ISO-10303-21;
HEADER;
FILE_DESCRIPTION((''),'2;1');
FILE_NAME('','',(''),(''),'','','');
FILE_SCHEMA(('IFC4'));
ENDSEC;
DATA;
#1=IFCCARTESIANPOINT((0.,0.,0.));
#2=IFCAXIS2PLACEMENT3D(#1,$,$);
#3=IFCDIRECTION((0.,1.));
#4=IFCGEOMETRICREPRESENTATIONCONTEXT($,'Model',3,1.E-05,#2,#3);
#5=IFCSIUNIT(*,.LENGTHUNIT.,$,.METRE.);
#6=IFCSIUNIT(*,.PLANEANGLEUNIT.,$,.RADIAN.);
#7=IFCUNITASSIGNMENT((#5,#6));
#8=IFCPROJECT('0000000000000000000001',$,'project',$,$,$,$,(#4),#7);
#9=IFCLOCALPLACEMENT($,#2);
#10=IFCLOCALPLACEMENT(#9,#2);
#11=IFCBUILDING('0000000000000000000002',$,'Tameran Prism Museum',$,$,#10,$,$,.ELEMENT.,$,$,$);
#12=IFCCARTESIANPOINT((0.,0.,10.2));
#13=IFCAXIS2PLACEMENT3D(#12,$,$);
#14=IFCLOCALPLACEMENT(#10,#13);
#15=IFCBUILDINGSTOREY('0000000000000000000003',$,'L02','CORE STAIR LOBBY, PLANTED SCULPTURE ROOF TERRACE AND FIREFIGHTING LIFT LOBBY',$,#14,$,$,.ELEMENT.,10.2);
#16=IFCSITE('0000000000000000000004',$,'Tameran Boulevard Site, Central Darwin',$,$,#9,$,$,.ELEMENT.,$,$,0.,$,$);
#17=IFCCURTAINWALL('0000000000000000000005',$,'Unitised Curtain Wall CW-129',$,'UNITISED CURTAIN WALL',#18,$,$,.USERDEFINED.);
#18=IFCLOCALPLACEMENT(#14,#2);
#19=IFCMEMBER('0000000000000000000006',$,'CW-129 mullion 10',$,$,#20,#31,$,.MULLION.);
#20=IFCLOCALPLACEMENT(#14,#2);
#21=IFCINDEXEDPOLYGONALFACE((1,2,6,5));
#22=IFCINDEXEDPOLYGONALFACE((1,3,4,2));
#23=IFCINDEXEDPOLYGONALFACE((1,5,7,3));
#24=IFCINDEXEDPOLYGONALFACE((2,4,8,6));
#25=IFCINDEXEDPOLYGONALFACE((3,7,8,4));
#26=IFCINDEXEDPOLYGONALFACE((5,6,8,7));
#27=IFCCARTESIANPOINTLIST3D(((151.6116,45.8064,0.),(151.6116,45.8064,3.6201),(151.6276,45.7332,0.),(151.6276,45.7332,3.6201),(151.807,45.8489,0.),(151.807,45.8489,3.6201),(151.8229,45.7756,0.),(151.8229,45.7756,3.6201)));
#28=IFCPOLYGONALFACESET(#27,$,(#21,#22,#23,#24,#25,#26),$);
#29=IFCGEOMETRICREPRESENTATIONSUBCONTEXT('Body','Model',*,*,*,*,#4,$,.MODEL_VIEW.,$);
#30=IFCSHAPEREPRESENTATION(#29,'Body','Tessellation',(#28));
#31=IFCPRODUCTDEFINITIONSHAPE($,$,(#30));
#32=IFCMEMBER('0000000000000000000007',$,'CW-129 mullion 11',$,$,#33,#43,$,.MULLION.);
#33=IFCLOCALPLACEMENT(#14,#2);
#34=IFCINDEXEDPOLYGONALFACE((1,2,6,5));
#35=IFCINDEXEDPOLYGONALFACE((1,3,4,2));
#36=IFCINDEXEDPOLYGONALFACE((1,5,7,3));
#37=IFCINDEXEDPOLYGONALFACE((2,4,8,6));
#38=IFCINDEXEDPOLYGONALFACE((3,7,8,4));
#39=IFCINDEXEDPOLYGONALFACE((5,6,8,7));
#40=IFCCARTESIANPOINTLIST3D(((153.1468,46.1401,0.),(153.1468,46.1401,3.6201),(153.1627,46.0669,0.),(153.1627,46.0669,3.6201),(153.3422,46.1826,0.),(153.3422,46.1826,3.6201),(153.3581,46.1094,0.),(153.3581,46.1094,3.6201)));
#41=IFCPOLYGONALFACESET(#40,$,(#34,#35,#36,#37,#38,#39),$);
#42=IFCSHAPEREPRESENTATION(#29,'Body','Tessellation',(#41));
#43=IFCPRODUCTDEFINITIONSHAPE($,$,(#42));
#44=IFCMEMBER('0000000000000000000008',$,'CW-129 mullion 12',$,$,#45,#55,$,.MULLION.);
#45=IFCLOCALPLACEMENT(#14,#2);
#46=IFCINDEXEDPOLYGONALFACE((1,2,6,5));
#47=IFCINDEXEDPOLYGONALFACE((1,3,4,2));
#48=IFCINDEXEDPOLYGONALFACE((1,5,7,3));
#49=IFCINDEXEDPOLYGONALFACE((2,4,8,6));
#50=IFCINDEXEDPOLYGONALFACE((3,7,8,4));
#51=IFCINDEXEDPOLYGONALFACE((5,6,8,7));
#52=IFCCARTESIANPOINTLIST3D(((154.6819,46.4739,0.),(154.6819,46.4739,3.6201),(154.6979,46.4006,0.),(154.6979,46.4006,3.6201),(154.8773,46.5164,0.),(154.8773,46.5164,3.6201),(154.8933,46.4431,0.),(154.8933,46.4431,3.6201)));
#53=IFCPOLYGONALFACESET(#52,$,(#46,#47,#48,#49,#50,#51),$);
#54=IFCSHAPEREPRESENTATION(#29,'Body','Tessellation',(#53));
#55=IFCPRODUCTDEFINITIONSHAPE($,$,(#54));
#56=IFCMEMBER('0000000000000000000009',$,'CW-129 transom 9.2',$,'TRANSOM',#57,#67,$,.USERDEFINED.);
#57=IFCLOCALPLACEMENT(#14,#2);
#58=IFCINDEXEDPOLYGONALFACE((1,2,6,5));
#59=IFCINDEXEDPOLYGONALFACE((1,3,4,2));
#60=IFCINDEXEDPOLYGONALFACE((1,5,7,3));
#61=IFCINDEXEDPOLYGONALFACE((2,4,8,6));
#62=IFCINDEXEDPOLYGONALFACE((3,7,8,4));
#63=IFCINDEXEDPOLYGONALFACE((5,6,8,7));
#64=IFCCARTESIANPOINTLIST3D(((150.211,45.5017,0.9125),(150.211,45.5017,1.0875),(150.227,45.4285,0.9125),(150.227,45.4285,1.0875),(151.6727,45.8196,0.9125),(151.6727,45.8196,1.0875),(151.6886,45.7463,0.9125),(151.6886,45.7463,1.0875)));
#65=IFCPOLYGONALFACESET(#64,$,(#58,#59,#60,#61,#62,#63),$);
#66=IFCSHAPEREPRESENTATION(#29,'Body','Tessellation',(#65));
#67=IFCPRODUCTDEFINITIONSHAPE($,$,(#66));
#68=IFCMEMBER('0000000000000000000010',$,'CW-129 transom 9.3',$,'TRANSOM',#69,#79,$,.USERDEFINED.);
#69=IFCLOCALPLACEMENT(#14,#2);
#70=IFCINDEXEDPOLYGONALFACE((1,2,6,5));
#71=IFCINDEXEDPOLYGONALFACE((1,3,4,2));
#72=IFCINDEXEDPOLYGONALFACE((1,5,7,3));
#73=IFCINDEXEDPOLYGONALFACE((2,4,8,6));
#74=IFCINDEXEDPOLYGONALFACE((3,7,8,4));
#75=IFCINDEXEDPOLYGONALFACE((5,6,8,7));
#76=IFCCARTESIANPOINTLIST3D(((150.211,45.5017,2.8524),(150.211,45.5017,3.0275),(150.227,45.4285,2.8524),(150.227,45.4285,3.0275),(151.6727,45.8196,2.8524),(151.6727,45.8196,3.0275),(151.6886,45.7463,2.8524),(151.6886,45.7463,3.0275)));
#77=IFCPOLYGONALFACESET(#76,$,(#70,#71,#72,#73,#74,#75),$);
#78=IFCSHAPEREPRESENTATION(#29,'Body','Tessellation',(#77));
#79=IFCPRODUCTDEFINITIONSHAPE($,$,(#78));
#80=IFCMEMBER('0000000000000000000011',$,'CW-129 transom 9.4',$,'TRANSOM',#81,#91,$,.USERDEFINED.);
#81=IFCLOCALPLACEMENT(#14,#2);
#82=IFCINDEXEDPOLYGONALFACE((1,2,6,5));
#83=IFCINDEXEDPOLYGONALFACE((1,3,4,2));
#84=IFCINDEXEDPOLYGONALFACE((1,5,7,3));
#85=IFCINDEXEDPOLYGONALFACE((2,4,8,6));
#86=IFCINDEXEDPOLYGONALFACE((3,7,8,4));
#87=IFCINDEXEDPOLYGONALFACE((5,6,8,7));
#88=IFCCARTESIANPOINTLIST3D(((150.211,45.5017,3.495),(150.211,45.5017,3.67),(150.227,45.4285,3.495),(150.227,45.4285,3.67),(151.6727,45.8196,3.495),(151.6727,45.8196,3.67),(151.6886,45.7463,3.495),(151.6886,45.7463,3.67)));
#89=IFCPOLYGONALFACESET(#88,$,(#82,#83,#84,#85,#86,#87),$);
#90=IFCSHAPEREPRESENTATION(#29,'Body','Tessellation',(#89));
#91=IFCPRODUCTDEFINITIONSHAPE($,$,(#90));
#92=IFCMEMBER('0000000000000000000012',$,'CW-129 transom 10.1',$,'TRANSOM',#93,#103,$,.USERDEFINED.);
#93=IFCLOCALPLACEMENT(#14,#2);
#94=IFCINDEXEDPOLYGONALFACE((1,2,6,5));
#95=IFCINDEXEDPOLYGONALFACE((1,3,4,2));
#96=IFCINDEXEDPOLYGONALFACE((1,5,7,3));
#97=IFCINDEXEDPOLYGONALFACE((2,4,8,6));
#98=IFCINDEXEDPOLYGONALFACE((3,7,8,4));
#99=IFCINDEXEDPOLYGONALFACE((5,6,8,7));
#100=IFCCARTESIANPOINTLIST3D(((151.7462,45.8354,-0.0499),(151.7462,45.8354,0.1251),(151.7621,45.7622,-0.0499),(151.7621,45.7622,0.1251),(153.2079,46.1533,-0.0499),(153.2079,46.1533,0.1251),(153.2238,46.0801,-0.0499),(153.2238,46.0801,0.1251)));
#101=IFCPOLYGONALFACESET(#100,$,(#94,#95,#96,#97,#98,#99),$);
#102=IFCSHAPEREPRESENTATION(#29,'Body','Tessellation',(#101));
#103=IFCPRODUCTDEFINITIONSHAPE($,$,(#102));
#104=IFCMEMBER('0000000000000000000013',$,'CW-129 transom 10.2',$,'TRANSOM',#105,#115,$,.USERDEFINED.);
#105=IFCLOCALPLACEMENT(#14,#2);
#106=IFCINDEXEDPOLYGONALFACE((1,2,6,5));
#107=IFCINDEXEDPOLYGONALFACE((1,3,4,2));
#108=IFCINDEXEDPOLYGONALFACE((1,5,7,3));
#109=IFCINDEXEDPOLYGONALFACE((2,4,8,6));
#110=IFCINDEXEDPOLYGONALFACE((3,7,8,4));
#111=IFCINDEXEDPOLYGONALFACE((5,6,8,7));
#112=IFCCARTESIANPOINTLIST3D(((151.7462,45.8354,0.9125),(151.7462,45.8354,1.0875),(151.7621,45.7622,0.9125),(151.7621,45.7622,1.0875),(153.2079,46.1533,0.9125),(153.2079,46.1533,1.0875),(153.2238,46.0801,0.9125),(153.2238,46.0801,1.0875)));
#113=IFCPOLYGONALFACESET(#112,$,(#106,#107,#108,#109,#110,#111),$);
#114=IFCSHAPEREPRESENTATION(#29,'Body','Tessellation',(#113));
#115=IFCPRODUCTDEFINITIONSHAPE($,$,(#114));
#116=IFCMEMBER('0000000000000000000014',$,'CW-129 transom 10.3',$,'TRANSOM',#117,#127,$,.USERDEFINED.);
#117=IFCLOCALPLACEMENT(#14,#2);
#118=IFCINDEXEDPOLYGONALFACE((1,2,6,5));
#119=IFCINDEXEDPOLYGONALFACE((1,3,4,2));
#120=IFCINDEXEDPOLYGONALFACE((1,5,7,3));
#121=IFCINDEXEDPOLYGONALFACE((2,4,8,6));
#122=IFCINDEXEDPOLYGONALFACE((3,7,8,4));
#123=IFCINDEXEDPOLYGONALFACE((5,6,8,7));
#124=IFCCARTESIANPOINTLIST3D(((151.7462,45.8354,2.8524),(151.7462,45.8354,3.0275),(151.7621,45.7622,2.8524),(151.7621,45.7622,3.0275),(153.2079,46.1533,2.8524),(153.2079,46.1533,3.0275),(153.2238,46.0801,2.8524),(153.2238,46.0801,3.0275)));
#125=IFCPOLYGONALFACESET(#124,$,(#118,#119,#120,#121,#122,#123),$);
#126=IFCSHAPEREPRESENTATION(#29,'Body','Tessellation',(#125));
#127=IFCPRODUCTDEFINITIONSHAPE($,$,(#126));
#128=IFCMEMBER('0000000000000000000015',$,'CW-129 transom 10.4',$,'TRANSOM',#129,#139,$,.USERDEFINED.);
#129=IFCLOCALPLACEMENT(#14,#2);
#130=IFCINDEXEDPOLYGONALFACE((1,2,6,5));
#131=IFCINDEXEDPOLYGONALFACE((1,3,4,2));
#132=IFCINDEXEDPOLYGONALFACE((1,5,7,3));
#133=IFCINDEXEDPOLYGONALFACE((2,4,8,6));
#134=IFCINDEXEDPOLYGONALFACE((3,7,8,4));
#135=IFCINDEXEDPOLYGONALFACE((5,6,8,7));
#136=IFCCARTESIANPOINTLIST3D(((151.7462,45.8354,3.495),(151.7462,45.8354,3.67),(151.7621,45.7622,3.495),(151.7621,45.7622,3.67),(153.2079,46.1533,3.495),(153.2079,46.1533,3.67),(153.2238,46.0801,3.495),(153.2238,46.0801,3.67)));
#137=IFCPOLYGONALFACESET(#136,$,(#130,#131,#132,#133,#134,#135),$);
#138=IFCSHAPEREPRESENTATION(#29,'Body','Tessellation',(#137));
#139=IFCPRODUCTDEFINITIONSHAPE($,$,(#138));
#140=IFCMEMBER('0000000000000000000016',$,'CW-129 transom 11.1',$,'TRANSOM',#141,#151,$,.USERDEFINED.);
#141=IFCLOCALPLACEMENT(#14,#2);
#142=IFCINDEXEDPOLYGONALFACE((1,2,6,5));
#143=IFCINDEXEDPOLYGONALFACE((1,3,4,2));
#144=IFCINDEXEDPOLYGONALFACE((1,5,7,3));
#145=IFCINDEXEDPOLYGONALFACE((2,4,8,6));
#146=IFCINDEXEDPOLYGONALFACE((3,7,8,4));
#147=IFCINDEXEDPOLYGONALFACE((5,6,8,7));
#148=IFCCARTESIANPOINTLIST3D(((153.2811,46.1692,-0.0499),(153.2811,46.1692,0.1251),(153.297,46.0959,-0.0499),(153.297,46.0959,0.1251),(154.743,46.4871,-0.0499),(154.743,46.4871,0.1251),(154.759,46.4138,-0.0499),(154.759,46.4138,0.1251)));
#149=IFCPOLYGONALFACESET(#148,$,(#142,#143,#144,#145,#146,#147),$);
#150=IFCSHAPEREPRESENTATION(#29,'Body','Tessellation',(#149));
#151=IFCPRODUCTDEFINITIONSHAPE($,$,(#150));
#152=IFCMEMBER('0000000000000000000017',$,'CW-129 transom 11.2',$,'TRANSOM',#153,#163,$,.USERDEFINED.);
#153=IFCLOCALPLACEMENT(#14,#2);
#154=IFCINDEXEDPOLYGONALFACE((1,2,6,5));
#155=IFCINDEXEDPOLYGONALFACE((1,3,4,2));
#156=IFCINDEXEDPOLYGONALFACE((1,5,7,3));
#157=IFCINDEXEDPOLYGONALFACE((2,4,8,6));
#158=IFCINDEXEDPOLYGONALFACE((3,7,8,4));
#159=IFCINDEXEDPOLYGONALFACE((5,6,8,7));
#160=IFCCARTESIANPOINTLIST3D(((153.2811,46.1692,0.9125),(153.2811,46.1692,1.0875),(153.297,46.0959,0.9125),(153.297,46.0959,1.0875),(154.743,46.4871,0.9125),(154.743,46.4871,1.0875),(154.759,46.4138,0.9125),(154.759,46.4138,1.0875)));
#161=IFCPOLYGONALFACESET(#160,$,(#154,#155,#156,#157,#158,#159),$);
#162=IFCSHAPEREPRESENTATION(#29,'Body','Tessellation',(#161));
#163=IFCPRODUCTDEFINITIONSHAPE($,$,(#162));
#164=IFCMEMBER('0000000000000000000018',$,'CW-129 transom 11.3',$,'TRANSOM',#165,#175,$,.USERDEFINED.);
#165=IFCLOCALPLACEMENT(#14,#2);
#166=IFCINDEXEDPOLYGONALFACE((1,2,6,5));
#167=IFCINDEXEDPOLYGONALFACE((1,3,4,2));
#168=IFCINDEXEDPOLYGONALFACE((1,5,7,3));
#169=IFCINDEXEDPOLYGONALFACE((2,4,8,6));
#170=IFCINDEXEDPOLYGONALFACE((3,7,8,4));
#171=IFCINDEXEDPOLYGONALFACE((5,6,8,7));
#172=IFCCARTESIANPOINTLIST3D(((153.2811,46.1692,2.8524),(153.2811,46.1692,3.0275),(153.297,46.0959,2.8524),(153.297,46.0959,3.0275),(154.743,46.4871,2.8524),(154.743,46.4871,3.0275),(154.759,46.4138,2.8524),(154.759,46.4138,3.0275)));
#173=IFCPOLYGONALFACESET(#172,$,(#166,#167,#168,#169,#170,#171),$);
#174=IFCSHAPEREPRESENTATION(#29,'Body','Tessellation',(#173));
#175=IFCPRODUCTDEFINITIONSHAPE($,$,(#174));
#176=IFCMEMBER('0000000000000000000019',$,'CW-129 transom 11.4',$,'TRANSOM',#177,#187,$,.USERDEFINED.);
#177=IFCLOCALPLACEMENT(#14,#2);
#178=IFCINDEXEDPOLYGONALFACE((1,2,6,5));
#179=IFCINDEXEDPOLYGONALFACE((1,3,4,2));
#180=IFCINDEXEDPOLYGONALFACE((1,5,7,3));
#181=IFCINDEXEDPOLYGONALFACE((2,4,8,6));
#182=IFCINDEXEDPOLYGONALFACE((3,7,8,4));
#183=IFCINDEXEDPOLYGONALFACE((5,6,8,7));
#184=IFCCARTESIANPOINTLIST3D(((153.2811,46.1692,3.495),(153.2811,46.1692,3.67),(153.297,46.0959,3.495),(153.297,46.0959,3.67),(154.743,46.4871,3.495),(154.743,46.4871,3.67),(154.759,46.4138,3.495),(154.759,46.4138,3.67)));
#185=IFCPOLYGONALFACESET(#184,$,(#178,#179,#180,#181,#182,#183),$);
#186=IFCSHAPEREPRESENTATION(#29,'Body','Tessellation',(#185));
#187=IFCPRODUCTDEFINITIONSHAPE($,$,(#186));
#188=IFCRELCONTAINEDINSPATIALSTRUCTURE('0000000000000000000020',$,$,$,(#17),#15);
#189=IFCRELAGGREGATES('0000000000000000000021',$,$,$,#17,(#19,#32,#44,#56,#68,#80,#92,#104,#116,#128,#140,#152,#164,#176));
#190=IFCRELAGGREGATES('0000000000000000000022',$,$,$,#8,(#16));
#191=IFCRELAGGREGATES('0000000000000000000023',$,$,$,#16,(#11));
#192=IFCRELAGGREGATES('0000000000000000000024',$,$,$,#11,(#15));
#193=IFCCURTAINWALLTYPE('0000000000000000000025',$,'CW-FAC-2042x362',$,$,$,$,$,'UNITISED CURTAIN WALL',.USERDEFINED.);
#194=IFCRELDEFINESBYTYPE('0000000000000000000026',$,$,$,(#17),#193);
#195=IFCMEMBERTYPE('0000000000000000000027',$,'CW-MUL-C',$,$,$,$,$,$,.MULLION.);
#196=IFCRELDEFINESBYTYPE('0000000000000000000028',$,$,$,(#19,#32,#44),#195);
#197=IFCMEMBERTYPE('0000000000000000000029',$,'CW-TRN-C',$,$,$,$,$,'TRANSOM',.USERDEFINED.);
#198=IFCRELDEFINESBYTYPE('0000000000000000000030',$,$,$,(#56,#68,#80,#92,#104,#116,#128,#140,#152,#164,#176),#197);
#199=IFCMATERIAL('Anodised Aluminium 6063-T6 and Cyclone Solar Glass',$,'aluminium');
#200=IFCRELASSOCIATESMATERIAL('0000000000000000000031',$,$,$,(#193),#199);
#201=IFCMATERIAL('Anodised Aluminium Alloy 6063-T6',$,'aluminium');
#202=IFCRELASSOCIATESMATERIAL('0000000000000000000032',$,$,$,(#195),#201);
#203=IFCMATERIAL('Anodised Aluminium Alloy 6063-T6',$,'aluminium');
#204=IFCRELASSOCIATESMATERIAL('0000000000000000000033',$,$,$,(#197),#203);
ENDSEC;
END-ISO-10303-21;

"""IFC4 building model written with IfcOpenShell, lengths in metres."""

from ifc_helpers import new_model, si_unit, direction, frame, origin, origin_2d, place, context, subcontext, project, spatial, rectangle, extrude, material, material_profile, profile_set, type_object, element, aggregate, save


model = new_model("IFC4")

# Units and contexts
model_context = context("Model", 3, precision=1e-05, world=origin(), true_north=direction((0.0, 1.0)))
body_context = subcontext(model_context, "Body", "Model", "MODEL_VIEW")
ifc_project = project(units=[si_unit("LENGTHUNIT", "METRE"), si_unit("PLANEANGLEUNIT", "RADIAN")], contexts=[model_context])

# Site, building, storey
site_placement = place(None, origin())
site = spatial("IfcSite", under=ifc_project, at=site_placement, Name="Tameran Boulevard Site, Central Darwin", CompositionType="ELEMENT", RefElevation=0.0)
building_placement = place(site_placement, origin())
building = spatial("IfcBuilding", under=site, at=building_placement, Name="Tameran Prism Museum", CompositionType="ELEMENT")
storey_placement = place(building_placement, frame((0.0, 0.0, 10.2)))
storey = spatial("IfcBuildingStorey", under=building, at=storey_placement, Name="L02", Description="CORE STAIR LOBBY, PLANTED SCULPTURE ROOF TERRACE AND FIREFIGHTING LIFT LOBBY", CompositionType="ELEMENT", Elevation=10.2)

# Curtain wall, members
ifc_material_1 = material(Name="Anodised Aluminium 6063-T6 and Cyclone Solar Glass", Category="aluminium")
curtain_wall_type = type_object("IfcCurtainWallType", Name="CW-FAC-2042x362", ElementType="UNITISED CURTAIN WALL", PredefinedType="USERDEFINED", material=ifc_material_1)
curtain_wall_placement = place(storey_placement, origin())
curtain_wall = element("IfcCurtainWall", 1, at=curtain_wall_placement, inside=storey, type_object=curtain_wall_type, Name="Unitised Curtain Wall CW-129", ObjectType="UNITISED CURTAIN WALL", PredefinedType="USERDEFINED")
ifc_material_2 = material(Name="Anodised Aluminium Alloy 6063-T6", Category="aluminium")
ifc_material_profile_1 = material_profile(ifc_material_2, rectangle(XDim=0.075, YDim=0.2, at=origin_2d()))
ifc_profile_set_1 = profile_set([ifc_material_profile_1])
member_type_1 = type_object("IfcMemberType", Name="CW-MUL-C", PredefinedType="MULLION", material=ifc_profile_set_1)
member_1_placement = place(storey_placement, frame((151.7173, 45.791, 0.0), z_axis=(0.0, 0.0, 1.0), x_axis=(-0.212454, 0.977171, 0.0)))
member_1 = element("IfcMember", 2, at=member_1_placement, type_object=member_type_1, Name="CW-129 mullion 10", PredefinedType="MULLION", context=body_context, shape_type="SweptSolid", body=[
    extrude(rectangle(XDim=0.075, YDim=0.2, at=origin_2d()), origin(), (0.0, 0.0, 1.0), 3.6201),
])
member_2_placement = place(storey_placement, frame((153.2524, 46.1248, 0.0), z_axis=(0.0, 0.0, 1.0), x_axis=(-0.212454, 0.977171, 0.0)))
member_2 = element("IfcMember", 3, at=member_2_placement, type_object=member_type_1, Name="CW-129 mullion 11", PredefinedType="MULLION", context=body_context, shape_type="SweptSolid", body=[
    extrude(rectangle(XDim=0.075, YDim=0.2, at=origin_2d()), origin(), (0.0, 0.0, 1.0), 3.6201),
])
member_3_placement = place(storey_placement, frame((154.7876, 46.4585, 0.0), z_axis=(0.0, 0.0, 1.0), x_axis=(-0.212454, 0.977171, 0.0)))
member_3 = element("IfcMember", 4, at=member_3_placement, type_object=member_type_1, Name="CW-129 mullion 12", PredefinedType="MULLION", context=body_context, shape_type="SweptSolid", body=[
    extrude(rectangle(XDim=0.075, YDim=0.2, at=origin_2d()), origin(), (0.0, 0.0, 1.0), 3.6201),
])
ifc_material_3 = material(Name="Anodised Aluminium Alloy 6063-T6", Category="aluminium")
ifc_material_profile_2 = material_profile(ifc_material_3, rectangle(XDim=0.075, YDim=0.175, at=origin_2d()))
ifc_profile_set_2 = profile_set([ifc_material_profile_2])
member_type_2 = type_object("IfcMemberType", Name="CW-TRN-C", ElementType="TRANSOM", PredefinedType="USERDEFINED", material=ifc_profile_set_2)
member_4_placement = place(storey_placement, frame((150.219, 45.4651, 1.0), z_axis=(0.97716, 0.212504, 0.0), x_axis=(-0.212504, 0.97716, 0.0)))
member_4 = element("IfcMember", 5, at=member_4_placement, type_object=member_type_2, Name="CW-129 transom 9.2", ObjectType="TRANSOM", PredefinedType="USERDEFINED", context=body_context, shape_type="SweptSolid", body=[
    extrude(rectangle(XDim=0.075, YDim=0.175, at=origin_2d()), origin(), (0.0, 0.0, 1.0), 1.4958),
])
member_5_placement = place(storey_placement, frame((150.219, 45.4651, 2.9399), z_axis=(0.97716, 0.212504, 0.0), x_axis=(-0.212504, 0.97716, 0.0)))
member_5 = element("IfcMember", 6, at=member_5_placement, type_object=member_type_2, Name="CW-129 transom 9.3", ObjectType="TRANSOM", PredefinedType="USERDEFINED", context=body_context, shape_type="SweptSolid", body=[
    extrude(rectangle(XDim=0.075, YDim=0.175, at=origin_2d()), origin(), (0.0, 0.0, 1.0), 1.4958),
])
member_6_placement = place(storey_placement, frame((150.219, 45.4651, 3.5825), z_axis=(0.97716, 0.212504, 0.0), x_axis=(-0.212504, 0.97716, 0.0)))
member_6 = element("IfcMember", 7, at=member_6_placement, type_object=member_type_2, Name="CW-129 transom 9.4", ObjectType="TRANSOM", PredefinedType="USERDEFINED", context=body_context, shape_type="SweptSolid", body=[
    extrude(rectangle(XDim=0.075, YDim=0.175, at=origin_2d()), origin(), (0.0, 0.0, 1.0), 1.4958),
])
member_7_placement = place(storey_placement, frame((151.7542, 45.7988, 0.0376), z_axis=(0.97716, 0.212504, 0.0), x_axis=(-0.212504, 0.97716, 0.0)))
member_7 = element("IfcMember", 8, at=member_7_placement, type_object=member_type_2, Name="CW-129 transom 10.1", ObjectType="TRANSOM", PredefinedType="USERDEFINED", context=body_context, shape_type="SweptSolid", body=[
    extrude(rectangle(XDim=0.075, YDim=0.175, at=origin_2d()), origin(), (0.0, 0.0, 1.0), 1.4958),
])
member_8_placement = place(storey_placement, frame((151.7542, 45.7988, 1.0), z_axis=(0.97716, 0.212504, 0.0), x_axis=(-0.212504, 0.97716, 0.0)))
member_8 = element("IfcMember", 9, at=member_8_placement, type_object=member_type_2, Name="CW-129 transom 10.2", ObjectType="TRANSOM", PredefinedType="USERDEFINED", context=body_context, shape_type="SweptSolid", body=[
    extrude(rectangle(XDim=0.075, YDim=0.175, at=origin_2d()), origin(), (0.0, 0.0, 1.0), 1.4958),
])
member_9_placement = place(storey_placement, frame((151.7542, 45.7988, 2.9399), z_axis=(0.97716, 0.212504, 0.0), x_axis=(-0.212504, 0.97716, 0.0)))
member_9 = element("IfcMember", 10, at=member_9_placement, type_object=member_type_2, Name="CW-129 transom 10.3", ObjectType="TRANSOM", PredefinedType="USERDEFINED", context=body_context, shape_type="SweptSolid", body=[
    extrude(rectangle(XDim=0.075, YDim=0.175, at=origin_2d()), origin(), (0.0, 0.0, 1.0), 1.4958),
])
member_10_placement = place(storey_placement, frame((151.7542, 45.7988, 3.5825), z_axis=(0.97716, 0.212504, 0.0), x_axis=(-0.212504, 0.97716, 0.0)))
member_10 = element("IfcMember", 11, at=member_10_placement, type_object=member_type_2, Name="CW-129 transom 10.4", ObjectType="TRANSOM", PredefinedType="USERDEFINED", context=body_context, shape_type="SweptSolid", body=[
    extrude(rectangle(XDim=0.075, YDim=0.175, at=origin_2d()), origin(), (0.0, 0.0, 1.0), 1.4958),
])
member_11_placement = place(storey_placement, frame((153.2891, 46.1326, 0.0376), z_axis=(0.977168, 0.21247, 0.0), x_axis=(-0.21247, 0.977168, 0.0)))
member_11 = element("IfcMember", 12, at=member_11_placement, type_object=member_type_2, Name="CW-129 transom 11.1", ObjectType="TRANSOM", PredefinedType="USERDEFINED", context=body_context, shape_type="SweptSolid", body=[
    extrude(rectangle(XDim=0.075, YDim=0.175, at=origin_2d()), origin(), (0.0, 0.0, 1.0), 1.4961),
])
member_12_placement = place(storey_placement, frame((153.2891, 46.1326, 1.0), z_axis=(0.977168, 0.21247, 0.0), x_axis=(-0.21247, 0.977168, 0.0)))
member_12 = element("IfcMember", 13, at=member_12_placement, type_object=member_type_2, Name="CW-129 transom 11.2", ObjectType="TRANSOM", PredefinedType="USERDEFINED", context=body_context, shape_type="SweptSolid", body=[
    extrude(rectangle(XDim=0.075, YDim=0.175, at=origin_2d()), origin(), (0.0, 0.0, 1.0), 1.4961),
])
member_13_placement = place(storey_placement, frame((153.2891, 46.1326, 2.9399), z_axis=(0.977168, 0.21247, 0.0), x_axis=(-0.21247, 0.977168, 0.0)))
member_13 = element("IfcMember", 14, at=member_13_placement, type_object=member_type_2, Name="CW-129 transom 11.3", ObjectType="TRANSOM", PredefinedType="USERDEFINED", context=body_context, shape_type="SweptSolid", body=[
    extrude(rectangle(XDim=0.075, YDim=0.175, at=origin_2d()), origin(), (0.0, 0.0, 1.0), 1.4961),
])
member_14_placement = place(storey_placement, frame((153.2891, 46.1326, 3.5825), z_axis=(0.977168, 0.21247, 0.0), x_axis=(-0.21247, 0.977168, 0.0)))
member_14 = element("IfcMember", 15, at=member_14_placement, type_object=member_type_2, Name="CW-129 transom 11.4", ObjectType="TRANSOM", PredefinedType="USERDEFINED", context=body_context, shape_type="SweptSolid", body=[
    extrude(rectangle(XDim=0.075, YDim=0.175, at=origin_2d()), origin(), (0.0, 0.0, 1.0), 1.4961),
])
aggregate(curtain_wall, [member_1, member_2, member_3, member_4, member_5, member_6, member_7, member_8, member_9, member_10, member_11, member_12, member_13, member_14])

save(model, "model.ifc")
